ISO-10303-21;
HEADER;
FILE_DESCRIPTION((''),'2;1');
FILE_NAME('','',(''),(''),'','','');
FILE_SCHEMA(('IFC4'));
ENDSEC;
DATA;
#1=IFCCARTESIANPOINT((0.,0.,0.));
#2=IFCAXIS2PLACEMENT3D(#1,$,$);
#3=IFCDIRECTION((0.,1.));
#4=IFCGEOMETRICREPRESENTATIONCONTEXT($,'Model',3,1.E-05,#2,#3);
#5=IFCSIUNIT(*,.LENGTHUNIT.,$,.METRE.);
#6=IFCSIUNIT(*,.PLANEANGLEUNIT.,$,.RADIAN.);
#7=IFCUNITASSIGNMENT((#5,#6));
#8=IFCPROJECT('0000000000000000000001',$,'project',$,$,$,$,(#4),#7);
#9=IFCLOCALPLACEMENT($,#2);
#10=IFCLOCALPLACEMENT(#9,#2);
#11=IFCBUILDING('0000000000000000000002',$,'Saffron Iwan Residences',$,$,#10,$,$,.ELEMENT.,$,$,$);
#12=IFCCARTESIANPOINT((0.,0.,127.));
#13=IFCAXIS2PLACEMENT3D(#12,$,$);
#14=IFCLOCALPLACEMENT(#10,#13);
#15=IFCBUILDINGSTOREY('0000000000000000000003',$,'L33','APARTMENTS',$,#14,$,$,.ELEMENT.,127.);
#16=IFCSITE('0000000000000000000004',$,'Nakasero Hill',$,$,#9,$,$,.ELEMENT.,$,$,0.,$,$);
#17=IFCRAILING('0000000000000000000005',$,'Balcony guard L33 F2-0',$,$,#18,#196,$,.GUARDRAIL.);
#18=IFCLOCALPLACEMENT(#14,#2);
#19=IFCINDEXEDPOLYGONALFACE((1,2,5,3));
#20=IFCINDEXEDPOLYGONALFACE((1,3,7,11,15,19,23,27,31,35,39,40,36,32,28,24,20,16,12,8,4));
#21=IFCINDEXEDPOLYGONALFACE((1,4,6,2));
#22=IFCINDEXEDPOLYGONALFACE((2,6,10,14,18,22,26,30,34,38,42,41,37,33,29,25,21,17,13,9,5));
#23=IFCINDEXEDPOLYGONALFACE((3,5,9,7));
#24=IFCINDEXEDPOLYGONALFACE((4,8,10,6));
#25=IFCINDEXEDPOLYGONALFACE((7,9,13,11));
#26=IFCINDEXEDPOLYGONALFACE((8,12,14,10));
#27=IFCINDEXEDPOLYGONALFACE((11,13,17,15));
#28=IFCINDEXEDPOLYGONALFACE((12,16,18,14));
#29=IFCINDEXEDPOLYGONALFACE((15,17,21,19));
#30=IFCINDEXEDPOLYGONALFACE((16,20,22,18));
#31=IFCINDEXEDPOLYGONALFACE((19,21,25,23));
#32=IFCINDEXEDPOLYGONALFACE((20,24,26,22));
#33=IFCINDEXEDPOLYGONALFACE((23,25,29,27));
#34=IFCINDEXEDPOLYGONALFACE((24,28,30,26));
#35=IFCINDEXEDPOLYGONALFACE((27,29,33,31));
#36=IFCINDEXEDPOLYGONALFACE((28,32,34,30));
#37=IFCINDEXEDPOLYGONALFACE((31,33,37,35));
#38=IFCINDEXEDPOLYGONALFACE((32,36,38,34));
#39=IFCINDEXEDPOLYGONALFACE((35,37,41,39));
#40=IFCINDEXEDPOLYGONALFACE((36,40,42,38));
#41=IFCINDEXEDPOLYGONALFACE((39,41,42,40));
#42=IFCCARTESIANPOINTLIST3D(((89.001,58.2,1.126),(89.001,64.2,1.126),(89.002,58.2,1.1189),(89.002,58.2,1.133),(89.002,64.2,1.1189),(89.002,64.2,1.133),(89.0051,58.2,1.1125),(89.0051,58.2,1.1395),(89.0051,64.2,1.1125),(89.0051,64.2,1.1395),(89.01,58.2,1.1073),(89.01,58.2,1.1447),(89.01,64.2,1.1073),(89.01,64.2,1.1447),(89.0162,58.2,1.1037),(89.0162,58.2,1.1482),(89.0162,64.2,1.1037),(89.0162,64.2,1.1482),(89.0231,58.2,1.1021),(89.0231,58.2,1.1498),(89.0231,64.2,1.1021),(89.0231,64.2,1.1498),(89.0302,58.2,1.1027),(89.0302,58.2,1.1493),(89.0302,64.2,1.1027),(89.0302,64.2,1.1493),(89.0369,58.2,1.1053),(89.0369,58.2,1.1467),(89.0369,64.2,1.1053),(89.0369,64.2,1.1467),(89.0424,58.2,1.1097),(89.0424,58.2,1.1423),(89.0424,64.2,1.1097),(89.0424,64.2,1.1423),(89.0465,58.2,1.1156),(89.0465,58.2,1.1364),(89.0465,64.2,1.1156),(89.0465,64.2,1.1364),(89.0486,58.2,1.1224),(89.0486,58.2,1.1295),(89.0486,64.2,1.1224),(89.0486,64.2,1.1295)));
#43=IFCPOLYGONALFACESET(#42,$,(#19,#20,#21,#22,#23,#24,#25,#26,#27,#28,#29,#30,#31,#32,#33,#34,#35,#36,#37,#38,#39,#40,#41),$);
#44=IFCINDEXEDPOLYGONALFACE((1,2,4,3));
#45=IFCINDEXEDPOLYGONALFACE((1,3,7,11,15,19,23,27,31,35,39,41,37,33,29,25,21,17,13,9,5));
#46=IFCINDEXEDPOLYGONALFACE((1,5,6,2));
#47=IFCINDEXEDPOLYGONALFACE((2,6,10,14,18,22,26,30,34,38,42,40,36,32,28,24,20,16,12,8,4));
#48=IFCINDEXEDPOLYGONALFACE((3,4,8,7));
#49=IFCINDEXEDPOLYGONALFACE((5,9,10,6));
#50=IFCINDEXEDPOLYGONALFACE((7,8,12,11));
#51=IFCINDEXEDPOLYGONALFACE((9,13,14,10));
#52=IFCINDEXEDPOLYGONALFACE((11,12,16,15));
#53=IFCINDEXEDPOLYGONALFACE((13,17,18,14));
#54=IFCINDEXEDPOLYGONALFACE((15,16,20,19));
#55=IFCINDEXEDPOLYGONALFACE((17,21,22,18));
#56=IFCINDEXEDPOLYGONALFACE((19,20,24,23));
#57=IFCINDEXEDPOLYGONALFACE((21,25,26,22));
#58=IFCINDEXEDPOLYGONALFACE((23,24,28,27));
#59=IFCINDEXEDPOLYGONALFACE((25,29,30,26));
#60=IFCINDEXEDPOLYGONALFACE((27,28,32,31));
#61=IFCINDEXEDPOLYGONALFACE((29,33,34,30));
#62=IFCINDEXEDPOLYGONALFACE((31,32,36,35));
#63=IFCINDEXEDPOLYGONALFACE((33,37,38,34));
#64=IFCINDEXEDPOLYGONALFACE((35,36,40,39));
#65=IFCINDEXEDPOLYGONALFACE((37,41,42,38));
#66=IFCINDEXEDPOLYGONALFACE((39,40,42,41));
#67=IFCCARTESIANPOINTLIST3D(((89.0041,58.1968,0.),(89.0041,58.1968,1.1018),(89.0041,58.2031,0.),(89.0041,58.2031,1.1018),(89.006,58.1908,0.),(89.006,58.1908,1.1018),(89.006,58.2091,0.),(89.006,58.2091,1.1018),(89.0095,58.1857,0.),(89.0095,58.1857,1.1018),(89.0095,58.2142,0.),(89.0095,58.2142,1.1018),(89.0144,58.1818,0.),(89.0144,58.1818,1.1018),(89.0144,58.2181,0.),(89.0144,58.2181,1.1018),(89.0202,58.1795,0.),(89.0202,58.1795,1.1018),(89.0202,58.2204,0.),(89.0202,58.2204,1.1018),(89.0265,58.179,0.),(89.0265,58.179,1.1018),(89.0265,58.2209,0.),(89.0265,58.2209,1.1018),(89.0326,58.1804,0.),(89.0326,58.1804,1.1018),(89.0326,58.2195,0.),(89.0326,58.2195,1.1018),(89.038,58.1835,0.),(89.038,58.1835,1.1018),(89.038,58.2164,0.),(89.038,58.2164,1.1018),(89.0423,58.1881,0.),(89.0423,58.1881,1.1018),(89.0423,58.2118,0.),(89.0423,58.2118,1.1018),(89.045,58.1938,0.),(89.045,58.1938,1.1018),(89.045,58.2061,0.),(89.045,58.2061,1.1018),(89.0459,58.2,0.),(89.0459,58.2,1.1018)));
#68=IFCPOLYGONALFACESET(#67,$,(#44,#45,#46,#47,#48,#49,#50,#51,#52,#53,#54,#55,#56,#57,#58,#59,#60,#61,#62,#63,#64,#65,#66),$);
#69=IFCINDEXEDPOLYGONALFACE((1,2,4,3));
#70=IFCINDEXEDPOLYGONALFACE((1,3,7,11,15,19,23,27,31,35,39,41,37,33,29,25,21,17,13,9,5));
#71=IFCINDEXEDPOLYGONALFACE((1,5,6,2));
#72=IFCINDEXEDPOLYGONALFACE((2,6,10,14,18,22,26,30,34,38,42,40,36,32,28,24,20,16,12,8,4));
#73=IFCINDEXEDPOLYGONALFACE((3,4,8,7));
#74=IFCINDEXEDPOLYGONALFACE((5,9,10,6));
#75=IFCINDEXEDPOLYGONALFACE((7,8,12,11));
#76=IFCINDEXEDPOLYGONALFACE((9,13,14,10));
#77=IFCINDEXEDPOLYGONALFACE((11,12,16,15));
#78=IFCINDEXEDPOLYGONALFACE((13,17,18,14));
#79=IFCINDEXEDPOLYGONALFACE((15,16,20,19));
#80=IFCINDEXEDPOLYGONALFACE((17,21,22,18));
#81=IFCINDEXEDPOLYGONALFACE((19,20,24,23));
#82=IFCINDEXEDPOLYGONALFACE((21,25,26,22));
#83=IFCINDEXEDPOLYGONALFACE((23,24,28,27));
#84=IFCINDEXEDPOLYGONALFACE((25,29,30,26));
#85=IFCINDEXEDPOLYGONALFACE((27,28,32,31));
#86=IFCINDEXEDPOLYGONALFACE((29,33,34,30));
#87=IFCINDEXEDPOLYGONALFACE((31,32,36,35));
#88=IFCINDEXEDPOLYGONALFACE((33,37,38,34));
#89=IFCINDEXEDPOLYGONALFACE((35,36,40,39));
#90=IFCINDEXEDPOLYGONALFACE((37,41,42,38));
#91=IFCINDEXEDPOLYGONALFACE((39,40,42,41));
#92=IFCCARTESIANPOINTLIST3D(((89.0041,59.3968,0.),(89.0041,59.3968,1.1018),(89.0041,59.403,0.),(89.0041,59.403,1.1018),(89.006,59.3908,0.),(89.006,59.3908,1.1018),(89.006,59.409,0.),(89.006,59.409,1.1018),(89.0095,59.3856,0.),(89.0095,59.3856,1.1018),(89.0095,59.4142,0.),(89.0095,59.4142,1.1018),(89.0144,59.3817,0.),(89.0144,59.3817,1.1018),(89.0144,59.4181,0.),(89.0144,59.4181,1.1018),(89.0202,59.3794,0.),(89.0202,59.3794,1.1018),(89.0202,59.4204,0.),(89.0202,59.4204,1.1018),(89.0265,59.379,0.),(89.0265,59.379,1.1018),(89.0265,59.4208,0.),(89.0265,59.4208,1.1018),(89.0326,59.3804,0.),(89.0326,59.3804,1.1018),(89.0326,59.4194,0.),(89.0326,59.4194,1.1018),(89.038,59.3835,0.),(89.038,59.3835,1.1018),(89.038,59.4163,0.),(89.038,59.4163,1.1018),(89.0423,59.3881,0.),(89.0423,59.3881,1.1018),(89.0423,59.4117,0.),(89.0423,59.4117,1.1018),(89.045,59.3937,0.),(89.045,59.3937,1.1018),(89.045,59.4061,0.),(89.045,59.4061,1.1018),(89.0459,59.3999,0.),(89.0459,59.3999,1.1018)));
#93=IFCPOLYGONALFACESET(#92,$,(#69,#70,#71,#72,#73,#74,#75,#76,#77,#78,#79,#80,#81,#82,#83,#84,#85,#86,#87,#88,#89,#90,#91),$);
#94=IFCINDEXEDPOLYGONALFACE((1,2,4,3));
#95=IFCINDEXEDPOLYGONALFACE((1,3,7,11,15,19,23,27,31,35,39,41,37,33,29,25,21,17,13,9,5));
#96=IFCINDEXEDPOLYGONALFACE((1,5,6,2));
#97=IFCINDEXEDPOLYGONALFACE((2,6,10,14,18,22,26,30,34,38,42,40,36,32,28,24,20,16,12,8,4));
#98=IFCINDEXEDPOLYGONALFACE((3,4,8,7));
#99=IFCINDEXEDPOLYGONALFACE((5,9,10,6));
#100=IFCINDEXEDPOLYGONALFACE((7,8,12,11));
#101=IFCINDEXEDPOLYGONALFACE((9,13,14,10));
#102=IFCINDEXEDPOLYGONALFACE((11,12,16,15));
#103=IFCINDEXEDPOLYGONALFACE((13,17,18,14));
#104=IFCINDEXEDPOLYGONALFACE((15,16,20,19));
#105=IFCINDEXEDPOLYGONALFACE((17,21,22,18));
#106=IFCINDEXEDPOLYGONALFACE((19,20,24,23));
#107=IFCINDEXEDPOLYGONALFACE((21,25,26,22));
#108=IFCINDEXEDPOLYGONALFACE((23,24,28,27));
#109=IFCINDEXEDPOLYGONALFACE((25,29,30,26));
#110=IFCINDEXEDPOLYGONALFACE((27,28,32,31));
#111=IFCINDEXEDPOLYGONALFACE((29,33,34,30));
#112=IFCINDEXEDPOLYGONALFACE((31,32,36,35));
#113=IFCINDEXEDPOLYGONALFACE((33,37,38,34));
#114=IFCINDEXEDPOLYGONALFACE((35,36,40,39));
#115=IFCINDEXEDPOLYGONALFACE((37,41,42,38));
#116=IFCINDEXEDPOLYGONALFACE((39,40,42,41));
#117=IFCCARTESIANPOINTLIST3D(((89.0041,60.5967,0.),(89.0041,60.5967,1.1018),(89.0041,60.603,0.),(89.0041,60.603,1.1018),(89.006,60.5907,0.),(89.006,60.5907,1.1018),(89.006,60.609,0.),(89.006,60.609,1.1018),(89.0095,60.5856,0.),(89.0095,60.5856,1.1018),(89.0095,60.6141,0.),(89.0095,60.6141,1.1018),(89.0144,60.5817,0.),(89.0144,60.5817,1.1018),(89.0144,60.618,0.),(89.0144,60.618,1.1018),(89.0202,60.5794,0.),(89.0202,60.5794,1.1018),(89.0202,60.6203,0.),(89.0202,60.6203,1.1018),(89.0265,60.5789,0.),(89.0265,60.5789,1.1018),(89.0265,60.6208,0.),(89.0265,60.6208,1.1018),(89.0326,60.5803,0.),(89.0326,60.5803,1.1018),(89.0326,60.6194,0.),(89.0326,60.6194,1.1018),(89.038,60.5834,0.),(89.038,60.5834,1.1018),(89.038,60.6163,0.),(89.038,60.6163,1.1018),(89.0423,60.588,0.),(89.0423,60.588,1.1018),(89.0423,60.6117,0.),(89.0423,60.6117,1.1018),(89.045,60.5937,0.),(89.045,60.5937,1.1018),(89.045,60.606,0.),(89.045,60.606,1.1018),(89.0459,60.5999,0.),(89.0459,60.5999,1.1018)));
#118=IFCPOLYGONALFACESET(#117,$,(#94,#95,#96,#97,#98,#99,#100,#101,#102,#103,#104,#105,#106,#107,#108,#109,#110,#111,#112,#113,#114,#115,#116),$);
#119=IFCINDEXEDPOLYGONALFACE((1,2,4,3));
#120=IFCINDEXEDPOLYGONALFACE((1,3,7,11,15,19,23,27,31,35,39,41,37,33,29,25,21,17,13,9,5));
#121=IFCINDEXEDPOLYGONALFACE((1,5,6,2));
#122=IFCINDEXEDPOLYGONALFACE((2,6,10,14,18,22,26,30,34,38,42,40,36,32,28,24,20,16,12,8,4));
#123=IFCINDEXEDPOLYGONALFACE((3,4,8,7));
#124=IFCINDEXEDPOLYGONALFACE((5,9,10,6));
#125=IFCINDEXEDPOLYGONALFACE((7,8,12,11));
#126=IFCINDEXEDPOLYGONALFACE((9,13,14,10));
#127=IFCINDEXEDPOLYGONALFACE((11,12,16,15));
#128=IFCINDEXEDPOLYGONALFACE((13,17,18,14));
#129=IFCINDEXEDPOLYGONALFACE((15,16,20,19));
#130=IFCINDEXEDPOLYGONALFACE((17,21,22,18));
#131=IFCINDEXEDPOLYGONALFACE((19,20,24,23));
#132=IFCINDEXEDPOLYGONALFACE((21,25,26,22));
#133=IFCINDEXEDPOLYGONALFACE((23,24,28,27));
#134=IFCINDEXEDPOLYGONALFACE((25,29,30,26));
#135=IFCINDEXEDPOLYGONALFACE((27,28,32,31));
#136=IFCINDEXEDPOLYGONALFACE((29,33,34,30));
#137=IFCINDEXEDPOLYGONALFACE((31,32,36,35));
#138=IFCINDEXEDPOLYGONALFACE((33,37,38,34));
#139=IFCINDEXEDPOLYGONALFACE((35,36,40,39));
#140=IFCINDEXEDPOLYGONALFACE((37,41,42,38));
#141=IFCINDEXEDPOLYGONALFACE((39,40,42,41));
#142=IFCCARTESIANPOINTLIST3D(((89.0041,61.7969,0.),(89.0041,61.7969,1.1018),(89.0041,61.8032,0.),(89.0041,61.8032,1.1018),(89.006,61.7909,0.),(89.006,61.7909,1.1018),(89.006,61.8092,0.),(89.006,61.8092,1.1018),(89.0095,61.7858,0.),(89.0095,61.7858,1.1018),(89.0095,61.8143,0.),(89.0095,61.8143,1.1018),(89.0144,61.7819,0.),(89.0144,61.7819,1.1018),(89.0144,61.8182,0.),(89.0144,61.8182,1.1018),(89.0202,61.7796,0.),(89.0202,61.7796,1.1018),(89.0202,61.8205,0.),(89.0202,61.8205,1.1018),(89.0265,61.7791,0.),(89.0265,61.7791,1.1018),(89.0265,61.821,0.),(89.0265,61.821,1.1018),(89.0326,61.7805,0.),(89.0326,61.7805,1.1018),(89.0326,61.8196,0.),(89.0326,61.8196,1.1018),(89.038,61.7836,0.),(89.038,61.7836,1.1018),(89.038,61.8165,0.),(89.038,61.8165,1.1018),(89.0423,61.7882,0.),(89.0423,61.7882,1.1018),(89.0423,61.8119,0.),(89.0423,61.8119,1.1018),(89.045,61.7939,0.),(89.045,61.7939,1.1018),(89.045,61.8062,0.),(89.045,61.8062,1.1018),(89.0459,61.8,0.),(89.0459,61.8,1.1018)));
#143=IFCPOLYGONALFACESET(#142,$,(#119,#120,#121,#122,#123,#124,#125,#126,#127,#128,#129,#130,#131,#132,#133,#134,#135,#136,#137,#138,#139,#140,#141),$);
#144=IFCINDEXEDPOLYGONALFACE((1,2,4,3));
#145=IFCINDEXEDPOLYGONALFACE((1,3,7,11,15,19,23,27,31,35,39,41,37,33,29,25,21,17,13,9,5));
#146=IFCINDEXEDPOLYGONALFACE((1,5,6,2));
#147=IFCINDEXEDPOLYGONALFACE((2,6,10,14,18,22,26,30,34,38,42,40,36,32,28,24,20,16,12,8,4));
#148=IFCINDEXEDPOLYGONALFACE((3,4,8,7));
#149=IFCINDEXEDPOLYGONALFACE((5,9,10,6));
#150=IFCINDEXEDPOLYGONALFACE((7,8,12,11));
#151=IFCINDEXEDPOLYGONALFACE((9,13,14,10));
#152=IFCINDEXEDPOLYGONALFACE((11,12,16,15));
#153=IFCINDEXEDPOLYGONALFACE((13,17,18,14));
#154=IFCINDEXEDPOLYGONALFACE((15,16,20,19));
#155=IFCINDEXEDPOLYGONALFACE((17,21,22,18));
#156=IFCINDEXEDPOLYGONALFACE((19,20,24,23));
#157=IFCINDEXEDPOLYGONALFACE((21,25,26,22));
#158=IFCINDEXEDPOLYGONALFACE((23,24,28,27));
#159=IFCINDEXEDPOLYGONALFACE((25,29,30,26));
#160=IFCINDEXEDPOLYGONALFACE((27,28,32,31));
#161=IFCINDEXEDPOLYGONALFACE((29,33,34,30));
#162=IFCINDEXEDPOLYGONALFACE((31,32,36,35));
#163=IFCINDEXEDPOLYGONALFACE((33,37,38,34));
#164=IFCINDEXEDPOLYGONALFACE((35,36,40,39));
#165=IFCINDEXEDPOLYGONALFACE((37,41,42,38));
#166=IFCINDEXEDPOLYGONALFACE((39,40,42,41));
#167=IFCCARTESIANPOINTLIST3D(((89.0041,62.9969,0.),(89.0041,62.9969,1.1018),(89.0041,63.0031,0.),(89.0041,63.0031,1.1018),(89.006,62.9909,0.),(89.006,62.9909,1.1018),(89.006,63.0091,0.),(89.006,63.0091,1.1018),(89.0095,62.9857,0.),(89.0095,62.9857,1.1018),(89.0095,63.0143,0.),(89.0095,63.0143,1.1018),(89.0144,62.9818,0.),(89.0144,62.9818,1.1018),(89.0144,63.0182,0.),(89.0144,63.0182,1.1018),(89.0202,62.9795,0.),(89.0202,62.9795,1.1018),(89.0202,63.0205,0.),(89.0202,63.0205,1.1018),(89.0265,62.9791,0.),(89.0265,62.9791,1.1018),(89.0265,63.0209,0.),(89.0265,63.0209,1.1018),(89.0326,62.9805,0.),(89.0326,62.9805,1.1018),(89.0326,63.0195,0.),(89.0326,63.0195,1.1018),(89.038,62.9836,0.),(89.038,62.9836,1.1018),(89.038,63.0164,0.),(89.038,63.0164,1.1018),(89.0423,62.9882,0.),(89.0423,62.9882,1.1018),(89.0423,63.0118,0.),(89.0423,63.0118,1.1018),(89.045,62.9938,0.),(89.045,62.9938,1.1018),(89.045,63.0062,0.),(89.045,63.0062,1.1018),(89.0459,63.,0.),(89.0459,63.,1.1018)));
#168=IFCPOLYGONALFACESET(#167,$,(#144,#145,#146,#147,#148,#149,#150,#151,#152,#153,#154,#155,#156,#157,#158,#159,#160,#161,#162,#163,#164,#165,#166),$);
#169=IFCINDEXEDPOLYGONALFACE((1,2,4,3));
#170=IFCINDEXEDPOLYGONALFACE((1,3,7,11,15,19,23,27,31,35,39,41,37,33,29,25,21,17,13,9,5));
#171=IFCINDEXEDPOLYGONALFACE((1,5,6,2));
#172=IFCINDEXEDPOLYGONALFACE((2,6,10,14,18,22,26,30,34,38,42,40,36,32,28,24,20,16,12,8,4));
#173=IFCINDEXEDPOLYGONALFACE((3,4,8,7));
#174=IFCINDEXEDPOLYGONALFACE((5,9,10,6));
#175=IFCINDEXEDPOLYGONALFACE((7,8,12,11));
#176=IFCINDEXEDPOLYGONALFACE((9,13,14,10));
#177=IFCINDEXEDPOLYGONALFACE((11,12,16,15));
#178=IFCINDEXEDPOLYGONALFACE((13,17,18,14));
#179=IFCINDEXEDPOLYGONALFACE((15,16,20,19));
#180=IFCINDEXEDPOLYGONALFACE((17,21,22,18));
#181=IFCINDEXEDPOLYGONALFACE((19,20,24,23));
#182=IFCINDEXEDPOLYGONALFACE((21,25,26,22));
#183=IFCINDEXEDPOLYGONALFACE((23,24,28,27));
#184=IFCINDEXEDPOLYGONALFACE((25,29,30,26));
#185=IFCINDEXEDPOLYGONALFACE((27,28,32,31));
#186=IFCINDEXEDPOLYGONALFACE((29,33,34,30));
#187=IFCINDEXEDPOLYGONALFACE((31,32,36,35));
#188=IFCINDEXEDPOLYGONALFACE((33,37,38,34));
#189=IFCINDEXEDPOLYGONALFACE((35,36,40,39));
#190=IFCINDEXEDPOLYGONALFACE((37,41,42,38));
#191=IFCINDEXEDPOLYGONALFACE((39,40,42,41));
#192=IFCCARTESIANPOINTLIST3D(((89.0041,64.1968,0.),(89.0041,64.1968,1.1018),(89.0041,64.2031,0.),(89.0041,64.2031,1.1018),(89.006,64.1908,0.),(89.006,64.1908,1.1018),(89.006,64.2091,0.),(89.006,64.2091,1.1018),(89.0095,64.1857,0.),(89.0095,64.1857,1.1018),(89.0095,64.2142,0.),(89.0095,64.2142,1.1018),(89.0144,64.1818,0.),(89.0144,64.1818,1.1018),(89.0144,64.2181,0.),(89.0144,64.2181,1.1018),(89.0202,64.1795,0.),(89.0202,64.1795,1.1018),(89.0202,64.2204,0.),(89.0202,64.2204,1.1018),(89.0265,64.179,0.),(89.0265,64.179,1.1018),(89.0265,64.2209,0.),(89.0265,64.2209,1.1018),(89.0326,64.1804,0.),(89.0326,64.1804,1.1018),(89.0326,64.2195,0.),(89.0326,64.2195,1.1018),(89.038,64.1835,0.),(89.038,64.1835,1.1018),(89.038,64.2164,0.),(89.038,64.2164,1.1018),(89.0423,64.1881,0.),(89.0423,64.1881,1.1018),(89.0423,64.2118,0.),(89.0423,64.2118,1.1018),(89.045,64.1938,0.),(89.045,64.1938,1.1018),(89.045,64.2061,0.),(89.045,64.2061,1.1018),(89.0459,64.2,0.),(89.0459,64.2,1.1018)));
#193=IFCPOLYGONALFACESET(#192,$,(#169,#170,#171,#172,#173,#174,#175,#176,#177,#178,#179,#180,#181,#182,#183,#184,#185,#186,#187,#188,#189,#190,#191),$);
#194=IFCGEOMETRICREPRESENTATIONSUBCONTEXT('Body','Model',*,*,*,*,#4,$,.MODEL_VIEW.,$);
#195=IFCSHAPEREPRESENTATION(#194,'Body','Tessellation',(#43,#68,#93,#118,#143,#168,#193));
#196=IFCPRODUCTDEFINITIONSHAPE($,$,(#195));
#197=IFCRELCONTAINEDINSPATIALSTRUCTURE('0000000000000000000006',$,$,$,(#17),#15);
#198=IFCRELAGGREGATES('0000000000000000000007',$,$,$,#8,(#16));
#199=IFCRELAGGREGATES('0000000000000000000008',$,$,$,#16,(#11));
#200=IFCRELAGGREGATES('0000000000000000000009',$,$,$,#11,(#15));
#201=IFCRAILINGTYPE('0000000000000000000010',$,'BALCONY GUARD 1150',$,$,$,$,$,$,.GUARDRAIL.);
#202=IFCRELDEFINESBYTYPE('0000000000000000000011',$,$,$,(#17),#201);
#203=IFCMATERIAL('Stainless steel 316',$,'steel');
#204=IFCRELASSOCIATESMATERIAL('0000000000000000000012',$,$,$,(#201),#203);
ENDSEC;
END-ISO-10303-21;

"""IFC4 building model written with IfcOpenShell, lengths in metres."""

from ifc_helpers import new_model, si_unit, direction, frame, origin, origin_2d, place, context, subcontext, project, spatial, circle, extrude, material, type_object, element, save


model = new_model("IFC4")

# Units and contexts
model_context = context("Model", 3, precision=1e-05, world=origin(), true_north=direction((0.0, 1.0)))
body_context = subcontext(model_context, "Body", "Model", "MODEL_VIEW")
ifc_project = project(units=[si_unit("LENGTHUNIT", "METRE"), si_unit("PLANEANGLEUNIT", "RADIAN")], contexts=[model_context])

# Site, building, storey
site_placement = place(None, origin())
site = spatial("IfcSite", under=ifc_project, at=site_placement, Name="Nakasero Hill", CompositionType="ELEMENT", RefElevation=0.0)
building_placement = place(site_placement, origin())
building = spatial("IfcBuilding", under=site, at=building_placement, Name="Saffron Iwan Residences", CompositionType="ELEMENT")
storey_placement = place(building_placement, frame((0.0, 0.0, 127.0)))
storey = spatial("IfcBuildingStorey", under=building, at=storey_placement, Name="L33", Description="APARTMENTS", CompositionType="ELEMENT", Elevation=127.0)

# Railing
ifc_material_1 = material(Name="Stainless steel 316", Category="steel")
railing_type = type_object("IfcRailingType", Name="BALCONY GUARD 1150", PredefinedType="GUARDRAIL", material=ifc_material_1)
railing_placement = place(storey_placement, frame((89.0249, 58.2, 0.0)))
element("IfcRailing", 1, at=railing_placement, inside=storey, type_object=railing_type, Name="Balcony guard L33 F2-0", PredefinedType="GUARDRAIL", context=body_context, shape_type="SweptSolid", body=[
    extrude(circle(Radius=0.0239, at=origin_2d()), frame((0.0, 0.0, 1.126), z_axis=(0.0, 1.0, 0.0), x_axis=(-1.0, 0.0, 0.0)), (0.0, 0.0, 1.0), 6.0),
    extrude(circle(Radius=0.021, at=origin_2d()), origin(), (0.0, 0.0, 1.0), 1.1018),
    extrude(circle(Radius=0.021, at=origin_2d()), frame((0.0, 1.2, 0.0)), (0.0, 0.0, 1.0), 1.1018),
    extrude(circle(Radius=0.021, at=origin_2d()), frame((0.0, 2.3999, 0.0)), (0.0, 0.0, 1.0), 1.1018),
    extrude(circle(Radius=0.021, at=origin_2d()), frame((0.0, 3.6001, 0.0)), (0.0, 0.0, 1.0), 1.1018),
    extrude(circle(Radius=0.021, at=origin_2d()), frame((0.0, 4.8, 0.0)), (0.0, 0.0, 1.0), 1.1018),
    extrude(circle(Radius=0.021, at=origin_2d()), frame((0.0, 6.0, 0.0)), (0.0, 0.0, 1.0), 1.1018),
])

save(model, "model.ifc")
